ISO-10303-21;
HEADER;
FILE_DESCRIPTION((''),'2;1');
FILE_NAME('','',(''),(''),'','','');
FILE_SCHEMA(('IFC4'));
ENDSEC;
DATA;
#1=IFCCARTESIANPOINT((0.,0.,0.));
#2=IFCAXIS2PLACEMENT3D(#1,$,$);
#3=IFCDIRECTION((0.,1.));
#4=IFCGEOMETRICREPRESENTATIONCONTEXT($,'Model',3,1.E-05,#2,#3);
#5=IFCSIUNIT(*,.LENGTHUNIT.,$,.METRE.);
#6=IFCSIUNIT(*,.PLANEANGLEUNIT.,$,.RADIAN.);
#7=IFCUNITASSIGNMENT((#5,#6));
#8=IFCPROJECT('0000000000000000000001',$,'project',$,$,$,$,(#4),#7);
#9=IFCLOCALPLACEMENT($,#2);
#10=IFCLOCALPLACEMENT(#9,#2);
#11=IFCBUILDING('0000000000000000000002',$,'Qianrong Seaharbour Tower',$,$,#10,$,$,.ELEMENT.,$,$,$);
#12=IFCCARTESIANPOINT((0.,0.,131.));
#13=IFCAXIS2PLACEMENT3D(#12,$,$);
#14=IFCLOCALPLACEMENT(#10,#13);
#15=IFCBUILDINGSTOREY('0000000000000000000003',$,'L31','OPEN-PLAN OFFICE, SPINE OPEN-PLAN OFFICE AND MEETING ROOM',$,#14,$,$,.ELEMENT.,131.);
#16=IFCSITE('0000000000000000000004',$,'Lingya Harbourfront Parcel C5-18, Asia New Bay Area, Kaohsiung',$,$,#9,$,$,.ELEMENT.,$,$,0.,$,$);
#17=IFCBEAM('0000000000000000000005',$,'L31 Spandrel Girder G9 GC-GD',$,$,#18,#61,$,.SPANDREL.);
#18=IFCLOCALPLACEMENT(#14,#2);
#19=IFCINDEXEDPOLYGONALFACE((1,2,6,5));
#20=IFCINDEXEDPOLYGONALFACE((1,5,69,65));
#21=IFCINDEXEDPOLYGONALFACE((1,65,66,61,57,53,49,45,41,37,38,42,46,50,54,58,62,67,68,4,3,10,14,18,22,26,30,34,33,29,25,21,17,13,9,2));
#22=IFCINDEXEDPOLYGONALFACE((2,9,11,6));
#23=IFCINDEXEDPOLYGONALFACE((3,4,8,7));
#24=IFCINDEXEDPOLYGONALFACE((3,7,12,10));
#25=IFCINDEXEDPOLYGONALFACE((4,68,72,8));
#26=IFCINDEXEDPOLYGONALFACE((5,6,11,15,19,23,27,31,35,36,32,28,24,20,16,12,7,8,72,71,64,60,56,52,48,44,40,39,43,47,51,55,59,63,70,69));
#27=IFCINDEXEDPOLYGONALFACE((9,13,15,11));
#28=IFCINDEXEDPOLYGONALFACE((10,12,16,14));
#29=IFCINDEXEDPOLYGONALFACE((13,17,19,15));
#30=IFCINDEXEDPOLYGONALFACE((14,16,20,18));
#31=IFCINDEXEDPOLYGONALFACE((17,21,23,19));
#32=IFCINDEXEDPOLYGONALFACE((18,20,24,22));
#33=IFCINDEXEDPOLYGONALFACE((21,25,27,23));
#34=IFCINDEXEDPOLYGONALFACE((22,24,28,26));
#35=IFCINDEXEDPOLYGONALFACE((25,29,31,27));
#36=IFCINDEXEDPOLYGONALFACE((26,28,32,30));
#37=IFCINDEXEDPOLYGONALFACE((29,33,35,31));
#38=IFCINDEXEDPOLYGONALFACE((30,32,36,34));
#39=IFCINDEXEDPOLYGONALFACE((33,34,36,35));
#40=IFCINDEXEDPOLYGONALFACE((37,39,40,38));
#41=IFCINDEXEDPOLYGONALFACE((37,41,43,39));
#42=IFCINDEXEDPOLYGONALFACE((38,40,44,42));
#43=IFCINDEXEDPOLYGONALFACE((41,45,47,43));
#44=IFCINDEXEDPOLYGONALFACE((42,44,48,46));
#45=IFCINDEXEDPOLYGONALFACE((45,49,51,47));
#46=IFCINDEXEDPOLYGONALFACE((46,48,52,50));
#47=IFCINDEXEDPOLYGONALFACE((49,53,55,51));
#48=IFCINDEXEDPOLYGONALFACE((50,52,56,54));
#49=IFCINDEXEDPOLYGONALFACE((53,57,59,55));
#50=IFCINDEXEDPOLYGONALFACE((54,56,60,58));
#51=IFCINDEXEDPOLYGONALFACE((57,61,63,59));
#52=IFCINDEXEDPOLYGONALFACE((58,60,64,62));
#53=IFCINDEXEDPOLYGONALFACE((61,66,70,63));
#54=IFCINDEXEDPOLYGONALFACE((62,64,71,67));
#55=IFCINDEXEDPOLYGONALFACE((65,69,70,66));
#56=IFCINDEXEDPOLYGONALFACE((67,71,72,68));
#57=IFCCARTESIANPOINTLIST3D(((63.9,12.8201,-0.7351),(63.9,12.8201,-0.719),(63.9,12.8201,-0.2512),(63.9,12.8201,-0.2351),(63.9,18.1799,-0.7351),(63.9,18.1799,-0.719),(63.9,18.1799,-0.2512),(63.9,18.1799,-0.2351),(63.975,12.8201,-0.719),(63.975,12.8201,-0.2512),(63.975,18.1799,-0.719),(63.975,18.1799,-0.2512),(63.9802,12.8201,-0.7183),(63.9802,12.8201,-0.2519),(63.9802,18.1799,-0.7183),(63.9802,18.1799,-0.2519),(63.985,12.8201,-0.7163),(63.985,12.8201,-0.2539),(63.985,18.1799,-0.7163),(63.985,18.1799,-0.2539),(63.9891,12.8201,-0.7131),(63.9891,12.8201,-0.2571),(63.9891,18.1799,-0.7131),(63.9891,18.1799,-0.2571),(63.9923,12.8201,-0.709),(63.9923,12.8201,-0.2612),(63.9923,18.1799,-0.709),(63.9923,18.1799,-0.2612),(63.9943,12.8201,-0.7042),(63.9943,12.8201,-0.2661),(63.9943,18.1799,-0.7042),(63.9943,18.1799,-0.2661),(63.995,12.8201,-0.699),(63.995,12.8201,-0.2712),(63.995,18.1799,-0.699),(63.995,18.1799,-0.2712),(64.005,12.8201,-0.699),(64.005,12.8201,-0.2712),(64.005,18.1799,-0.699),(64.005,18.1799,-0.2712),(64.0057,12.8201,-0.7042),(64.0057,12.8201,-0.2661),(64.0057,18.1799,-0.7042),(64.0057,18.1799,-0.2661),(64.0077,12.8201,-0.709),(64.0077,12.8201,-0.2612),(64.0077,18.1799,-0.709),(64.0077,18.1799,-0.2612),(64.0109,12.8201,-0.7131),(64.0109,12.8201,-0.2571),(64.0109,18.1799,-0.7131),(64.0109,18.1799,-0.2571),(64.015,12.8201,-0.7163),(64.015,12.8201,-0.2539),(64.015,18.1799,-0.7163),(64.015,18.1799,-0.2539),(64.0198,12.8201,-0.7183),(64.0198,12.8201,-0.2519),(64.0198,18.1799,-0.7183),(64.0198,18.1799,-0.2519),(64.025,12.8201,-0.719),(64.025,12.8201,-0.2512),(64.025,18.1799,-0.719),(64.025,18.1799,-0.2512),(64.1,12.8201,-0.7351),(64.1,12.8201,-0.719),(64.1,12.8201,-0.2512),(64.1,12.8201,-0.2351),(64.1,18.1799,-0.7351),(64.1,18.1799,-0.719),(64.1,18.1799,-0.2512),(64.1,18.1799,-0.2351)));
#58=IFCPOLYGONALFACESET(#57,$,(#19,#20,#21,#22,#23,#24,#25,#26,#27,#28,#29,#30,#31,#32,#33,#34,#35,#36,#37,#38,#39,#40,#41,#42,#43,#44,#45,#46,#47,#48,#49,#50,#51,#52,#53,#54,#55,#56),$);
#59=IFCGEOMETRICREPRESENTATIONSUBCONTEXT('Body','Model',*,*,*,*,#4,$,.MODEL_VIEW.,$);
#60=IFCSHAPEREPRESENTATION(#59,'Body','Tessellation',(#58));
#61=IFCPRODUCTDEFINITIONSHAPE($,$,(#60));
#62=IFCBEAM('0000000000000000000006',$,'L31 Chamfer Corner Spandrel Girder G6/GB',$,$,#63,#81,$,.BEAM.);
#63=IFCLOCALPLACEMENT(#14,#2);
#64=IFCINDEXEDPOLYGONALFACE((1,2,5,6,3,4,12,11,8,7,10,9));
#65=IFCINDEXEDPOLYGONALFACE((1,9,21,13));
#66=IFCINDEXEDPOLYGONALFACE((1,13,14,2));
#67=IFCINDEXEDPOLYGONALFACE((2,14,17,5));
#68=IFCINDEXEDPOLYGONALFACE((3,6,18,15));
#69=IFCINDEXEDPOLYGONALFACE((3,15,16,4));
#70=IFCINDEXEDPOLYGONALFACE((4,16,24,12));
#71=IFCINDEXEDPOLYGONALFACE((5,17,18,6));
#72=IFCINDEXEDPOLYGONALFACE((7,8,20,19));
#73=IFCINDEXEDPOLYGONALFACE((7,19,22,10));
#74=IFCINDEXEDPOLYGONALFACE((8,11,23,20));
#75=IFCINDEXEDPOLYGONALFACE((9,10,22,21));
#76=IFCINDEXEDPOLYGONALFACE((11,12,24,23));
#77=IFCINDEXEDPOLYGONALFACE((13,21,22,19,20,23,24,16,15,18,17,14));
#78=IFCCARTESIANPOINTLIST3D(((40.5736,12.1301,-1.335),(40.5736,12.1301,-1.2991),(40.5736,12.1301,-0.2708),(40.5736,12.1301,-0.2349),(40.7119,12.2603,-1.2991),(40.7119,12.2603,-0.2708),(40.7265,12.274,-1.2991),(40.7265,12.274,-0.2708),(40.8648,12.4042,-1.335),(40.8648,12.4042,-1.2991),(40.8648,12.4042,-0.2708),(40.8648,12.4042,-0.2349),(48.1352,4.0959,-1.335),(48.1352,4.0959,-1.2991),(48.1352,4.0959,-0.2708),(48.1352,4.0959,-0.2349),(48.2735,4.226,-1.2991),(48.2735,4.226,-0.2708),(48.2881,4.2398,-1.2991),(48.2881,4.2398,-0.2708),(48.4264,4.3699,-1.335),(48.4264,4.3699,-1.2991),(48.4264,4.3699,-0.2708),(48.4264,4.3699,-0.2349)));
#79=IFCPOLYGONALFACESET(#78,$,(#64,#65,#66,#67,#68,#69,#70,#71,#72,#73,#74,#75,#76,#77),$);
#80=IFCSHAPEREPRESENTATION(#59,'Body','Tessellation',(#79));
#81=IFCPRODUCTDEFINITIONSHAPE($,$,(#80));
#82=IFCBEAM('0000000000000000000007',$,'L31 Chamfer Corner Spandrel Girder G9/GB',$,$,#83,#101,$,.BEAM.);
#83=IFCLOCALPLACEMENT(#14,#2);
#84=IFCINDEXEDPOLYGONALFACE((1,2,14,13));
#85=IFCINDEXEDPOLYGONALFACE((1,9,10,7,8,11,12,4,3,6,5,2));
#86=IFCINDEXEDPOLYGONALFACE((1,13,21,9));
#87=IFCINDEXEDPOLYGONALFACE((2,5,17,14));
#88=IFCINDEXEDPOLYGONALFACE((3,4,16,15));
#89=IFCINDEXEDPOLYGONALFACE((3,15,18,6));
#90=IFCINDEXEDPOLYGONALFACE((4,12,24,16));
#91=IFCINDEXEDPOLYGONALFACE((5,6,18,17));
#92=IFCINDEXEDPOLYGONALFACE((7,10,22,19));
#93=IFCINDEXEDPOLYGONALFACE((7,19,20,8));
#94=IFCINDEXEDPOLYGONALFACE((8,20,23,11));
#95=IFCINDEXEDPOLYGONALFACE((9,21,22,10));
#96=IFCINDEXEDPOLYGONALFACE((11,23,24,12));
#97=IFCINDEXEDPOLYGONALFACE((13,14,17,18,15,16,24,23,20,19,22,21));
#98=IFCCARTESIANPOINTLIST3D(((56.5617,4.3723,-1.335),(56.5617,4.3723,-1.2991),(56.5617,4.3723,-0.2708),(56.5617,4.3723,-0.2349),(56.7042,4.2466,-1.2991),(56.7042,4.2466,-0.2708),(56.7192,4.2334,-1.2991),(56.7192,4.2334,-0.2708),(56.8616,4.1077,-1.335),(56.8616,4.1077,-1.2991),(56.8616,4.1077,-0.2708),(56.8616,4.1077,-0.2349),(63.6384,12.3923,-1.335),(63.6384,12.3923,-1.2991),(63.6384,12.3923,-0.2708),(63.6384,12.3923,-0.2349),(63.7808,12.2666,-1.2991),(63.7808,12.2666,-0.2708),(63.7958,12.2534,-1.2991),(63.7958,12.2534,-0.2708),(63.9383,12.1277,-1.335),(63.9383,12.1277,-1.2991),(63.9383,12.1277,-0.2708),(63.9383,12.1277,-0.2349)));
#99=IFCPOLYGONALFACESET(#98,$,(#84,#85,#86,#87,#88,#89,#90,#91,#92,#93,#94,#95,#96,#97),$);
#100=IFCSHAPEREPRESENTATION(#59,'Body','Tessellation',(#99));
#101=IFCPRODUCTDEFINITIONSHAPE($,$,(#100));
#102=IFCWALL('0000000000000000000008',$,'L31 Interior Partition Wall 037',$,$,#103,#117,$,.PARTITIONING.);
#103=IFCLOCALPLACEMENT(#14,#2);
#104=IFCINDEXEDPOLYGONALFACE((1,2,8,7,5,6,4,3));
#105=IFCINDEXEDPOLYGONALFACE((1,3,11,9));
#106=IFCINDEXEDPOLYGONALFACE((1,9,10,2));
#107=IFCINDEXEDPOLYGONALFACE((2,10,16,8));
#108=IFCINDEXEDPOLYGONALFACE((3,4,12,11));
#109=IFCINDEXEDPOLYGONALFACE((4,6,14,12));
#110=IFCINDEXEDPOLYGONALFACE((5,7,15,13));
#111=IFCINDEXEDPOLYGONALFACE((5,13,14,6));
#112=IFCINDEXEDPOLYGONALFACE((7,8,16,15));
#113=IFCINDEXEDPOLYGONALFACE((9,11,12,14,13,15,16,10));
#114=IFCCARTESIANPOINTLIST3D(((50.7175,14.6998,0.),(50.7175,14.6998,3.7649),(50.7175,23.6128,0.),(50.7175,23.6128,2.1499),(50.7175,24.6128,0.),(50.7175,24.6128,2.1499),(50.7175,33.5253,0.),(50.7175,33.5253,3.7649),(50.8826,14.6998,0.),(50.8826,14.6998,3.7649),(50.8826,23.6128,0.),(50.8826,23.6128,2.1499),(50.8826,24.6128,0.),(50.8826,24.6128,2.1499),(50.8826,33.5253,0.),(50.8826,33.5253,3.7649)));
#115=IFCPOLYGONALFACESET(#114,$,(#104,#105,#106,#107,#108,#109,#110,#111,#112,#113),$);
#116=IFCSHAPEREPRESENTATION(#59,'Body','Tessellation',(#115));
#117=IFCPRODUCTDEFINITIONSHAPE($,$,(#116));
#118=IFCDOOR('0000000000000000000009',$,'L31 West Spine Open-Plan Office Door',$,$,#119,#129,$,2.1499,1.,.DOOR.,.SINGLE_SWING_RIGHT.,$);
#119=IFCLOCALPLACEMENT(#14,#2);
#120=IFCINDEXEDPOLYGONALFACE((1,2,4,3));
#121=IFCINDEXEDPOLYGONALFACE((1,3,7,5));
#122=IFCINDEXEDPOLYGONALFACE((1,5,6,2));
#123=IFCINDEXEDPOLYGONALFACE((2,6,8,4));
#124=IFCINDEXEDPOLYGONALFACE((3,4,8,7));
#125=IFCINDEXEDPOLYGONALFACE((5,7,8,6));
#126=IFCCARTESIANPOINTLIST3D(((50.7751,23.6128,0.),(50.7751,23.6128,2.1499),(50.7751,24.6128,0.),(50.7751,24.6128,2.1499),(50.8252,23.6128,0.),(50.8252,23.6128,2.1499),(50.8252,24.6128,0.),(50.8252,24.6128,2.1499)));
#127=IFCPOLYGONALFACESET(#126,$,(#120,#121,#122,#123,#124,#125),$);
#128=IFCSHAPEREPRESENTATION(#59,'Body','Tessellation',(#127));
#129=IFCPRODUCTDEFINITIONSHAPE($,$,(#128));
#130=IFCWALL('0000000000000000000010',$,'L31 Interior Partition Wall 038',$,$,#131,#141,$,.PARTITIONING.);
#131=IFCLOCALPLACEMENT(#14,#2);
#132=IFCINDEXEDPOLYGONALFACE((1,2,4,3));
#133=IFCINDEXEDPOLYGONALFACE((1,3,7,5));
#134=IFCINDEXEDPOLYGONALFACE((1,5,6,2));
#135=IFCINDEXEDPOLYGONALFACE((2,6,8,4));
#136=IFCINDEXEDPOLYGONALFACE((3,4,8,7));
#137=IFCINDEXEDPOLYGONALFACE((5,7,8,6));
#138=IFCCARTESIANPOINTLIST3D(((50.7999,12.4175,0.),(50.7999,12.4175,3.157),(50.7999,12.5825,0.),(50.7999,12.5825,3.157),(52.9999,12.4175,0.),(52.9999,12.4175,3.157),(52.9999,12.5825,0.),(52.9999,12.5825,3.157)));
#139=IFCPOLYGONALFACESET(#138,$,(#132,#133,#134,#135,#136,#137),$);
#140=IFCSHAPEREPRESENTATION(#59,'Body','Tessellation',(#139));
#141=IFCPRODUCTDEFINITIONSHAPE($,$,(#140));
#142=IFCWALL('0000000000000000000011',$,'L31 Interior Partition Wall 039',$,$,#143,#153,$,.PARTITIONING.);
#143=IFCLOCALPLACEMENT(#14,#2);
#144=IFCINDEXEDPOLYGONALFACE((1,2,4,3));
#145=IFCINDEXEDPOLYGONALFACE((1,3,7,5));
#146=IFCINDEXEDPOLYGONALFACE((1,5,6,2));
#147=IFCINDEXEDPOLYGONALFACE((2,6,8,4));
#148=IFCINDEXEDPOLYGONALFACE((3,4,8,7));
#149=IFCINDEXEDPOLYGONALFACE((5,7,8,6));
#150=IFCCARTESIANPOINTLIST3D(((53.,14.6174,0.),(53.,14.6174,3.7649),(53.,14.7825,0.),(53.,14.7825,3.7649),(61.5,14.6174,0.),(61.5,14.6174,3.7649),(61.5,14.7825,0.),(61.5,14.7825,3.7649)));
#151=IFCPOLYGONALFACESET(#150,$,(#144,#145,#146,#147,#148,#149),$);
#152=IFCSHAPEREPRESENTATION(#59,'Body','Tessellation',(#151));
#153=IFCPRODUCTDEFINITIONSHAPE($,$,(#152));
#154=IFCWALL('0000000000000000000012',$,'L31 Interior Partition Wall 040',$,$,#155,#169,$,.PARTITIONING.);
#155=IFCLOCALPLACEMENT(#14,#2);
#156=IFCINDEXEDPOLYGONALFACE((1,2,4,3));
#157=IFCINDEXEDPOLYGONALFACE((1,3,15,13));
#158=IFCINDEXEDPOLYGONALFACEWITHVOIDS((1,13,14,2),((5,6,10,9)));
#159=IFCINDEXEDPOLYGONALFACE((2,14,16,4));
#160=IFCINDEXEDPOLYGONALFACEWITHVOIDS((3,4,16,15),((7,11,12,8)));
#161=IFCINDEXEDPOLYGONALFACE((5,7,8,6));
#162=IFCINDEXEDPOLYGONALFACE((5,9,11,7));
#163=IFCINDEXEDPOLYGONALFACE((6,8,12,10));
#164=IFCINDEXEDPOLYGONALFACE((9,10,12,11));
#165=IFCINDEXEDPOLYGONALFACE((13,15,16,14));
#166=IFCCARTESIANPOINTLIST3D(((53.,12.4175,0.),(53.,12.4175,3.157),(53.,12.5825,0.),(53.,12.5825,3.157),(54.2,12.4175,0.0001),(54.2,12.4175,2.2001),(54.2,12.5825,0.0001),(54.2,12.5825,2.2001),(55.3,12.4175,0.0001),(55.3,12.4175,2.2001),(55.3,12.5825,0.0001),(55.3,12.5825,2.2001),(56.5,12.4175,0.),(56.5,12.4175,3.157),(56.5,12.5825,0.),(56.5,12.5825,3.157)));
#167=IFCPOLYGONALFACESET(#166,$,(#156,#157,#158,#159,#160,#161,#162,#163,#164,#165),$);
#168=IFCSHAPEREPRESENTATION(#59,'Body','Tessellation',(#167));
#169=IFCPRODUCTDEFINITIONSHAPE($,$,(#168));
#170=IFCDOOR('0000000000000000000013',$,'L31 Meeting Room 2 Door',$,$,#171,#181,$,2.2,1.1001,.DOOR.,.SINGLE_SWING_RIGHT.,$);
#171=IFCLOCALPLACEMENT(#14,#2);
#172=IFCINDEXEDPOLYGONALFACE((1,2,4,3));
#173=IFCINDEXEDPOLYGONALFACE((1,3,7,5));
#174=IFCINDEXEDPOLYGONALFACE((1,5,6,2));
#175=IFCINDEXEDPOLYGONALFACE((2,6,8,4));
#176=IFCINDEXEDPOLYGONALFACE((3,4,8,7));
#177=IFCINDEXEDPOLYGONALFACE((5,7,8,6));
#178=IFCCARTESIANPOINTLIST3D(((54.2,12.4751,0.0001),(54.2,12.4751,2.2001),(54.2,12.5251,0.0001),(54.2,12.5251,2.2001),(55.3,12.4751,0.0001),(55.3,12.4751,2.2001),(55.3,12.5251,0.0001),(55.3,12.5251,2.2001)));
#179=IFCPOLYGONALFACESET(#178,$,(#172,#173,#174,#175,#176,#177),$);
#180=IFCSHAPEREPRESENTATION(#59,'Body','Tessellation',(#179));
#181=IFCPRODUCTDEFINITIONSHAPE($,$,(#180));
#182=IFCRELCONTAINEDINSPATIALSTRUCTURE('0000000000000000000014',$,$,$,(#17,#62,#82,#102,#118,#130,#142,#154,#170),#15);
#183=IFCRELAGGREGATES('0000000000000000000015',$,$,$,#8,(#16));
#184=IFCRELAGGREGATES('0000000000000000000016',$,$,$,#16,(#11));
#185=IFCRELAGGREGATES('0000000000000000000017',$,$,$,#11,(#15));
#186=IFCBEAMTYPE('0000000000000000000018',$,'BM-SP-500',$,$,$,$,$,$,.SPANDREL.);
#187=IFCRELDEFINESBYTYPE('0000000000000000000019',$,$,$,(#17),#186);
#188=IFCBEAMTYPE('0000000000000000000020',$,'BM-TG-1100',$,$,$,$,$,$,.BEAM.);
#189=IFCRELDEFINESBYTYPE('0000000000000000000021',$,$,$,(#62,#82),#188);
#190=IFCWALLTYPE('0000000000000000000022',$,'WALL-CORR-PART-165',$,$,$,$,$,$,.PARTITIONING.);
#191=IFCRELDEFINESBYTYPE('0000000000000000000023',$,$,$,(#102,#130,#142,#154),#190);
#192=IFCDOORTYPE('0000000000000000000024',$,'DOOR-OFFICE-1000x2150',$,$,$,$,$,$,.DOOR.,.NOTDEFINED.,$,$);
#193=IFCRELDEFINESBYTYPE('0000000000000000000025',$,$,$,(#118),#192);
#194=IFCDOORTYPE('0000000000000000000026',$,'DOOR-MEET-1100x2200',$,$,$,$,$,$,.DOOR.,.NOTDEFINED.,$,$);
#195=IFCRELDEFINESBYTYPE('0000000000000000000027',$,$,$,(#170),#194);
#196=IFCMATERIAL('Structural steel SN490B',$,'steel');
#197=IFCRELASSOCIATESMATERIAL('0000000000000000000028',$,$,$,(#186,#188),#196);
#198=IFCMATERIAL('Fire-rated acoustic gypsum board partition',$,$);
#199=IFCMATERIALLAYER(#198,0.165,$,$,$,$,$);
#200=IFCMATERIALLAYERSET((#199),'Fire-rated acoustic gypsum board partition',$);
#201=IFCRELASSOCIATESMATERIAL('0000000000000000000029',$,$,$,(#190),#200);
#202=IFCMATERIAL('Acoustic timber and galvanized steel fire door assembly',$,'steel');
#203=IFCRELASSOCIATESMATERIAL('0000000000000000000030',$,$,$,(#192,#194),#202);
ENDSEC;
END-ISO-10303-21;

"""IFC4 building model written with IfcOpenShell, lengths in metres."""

from ifc_helpers import new_model, si_unit, direction, frame, frame_2d, origin, origin_2d, place, context, subcontext, project, spatial, rectangle, i_section, extrude, material, layer, layer_set, material_profile, profile_set, type_object, element, fill, save


model = new_model("IFC4")

# Units and contexts
model_context = context("Model", 3, precision=1e-05, world=origin(), true_north=direction((0.0, 1.0)))
body_context = subcontext(model_context, "Body", "Model", "MODEL_VIEW")
ifc_project = project(units=[si_unit("LENGTHUNIT", "METRE"), si_unit("PLANEANGLEUNIT", "RADIAN")], contexts=[model_context])

# Site, building, storey
site_placement = place(None, origin())
site = spatial("IfcSite", under=ifc_project, at=site_placement, Name="Lingya Harbourfront Parcel C5-18, Asia New Bay Area, Kaohsiung", CompositionType="ELEMENT", RefElevation=0.0)
building_placement = place(site_placement, origin())
building = spatial("IfcBuilding", under=site, at=building_placement, Name="Qianrong Seaharbour Tower", CompositionType="ELEMENT")
storey_placement = place(building_placement, frame((0.0, 0.0, 131.0)))
storey = spatial("IfcBuildingStorey", under=building, at=storey_placement, Name="L31", Description="OPEN-PLAN OFFICE, SPINE OPEN-PLAN OFFICE AND MEETING ROOM", CompositionType="ELEMENT", Elevation=131.0)

# Shared definitions
ifc_material_1 = material(Name="Structural steel SN490B", Category="steel")

# Beams
ifc_material_profile_1 = material_profile(ifc_material_1, i_section(OverallWidth=0.2, OverallDepth=0.5, WebThickness=0.01, FlangeThickness=0.0161, FilletRadius=0.02, at=origin_2d()), Name="H500x200x10x16")
ifc_profile_set_1 = profile_set([ifc_material_profile_1], Name="Structural steel SN490B")
beam_type_1 = type_object("IfcBeamType", Name="BM-SP-500", PredefinedType="SPANDREL", material=ifc_profile_set_1)
beam_1_placement = place(storey_placement, frame((64.0, 12.8201, -0.4851), z_axis=(0.0, 1.0, 0.0), x_axis=(-1.0, 0.0, 0.0)))
element("IfcBeam", 1, at=beam_1_placement, inside=storey, type_object=beam_type_1, Name="L31 Spandrel Girder G9 GC-GD", PredefinedType="SPANDREL", context=body_context, shape_type="SweptSolid", body=[
    extrude(i_section(OverallWidth=0.2, OverallDepth=0.5, WebThickness=0.01, FlangeThickness=0.0161, FilletRadius=0.02, at=origin_2d()), origin(), (0.0, 0.0, 1.0), 5.3599),
])
ifc_material_profile_2 = material_profile(ifc_material_1, i_section(OverallWidth=0.3999, OverallDepth=1.1001, WebThickness=0.02, FlangeThickness=0.0359, at=origin_2d()), Name="BH1100x400x20x36")
ifc_profile_set_2 = profile_set([ifc_material_profile_2], Name="Structural steel SN490B")
beam_type_2 = type_object("IfcBeamType", Name="BM-TG-1100", PredefinedType="BEAM", material=ifc_profile_set_2)
beam_2_placement = place(storey_placement, frame((48.2808, 4.2329, -0.7849), z_axis=(-0.685362, 0.728203, 0.0), x_axis=(-0.728203, -0.685362, 0.0)))
element("IfcBeam", 2, at=beam_2_placement, inside=storey, type_object=beam_type_2, Name="L31 Chamfer Corner Spandrel Girder G6/GB", PredefinedType="BEAM", context=body_context, shape_type="SweptSolid", body=[
    extrude(i_section(OverallWidth=0.3999, OverallDepth=1.1001, WebThickness=0.02, FlangeThickness=0.0359, at=origin_2d()), origin(), (0.0, 0.0, 1.0), 11.033),
])
beam_3_placement = place(storey_placement, frame((56.7117, 4.24, -0.7849), z_axis=(0.661631, 0.74983, 0.0), x_axis=(-0.74983, 0.661631, 0.0)))
element("IfcBeam", 3, at=beam_3_placement, inside=storey, type_object=beam_type_2, Name="L31 Chamfer Corner Spandrel Girder G9/GB", PredefinedType="BEAM", context=body_context, shape_type="SweptSolid", body=[
    extrude(i_section(OverallWidth=0.3999, OverallDepth=1.1001, WebThickness=0.02, FlangeThickness=0.0359, at=origin_2d()), origin(), (0.0, 0.0, 1.0), 10.6958),
])

# Wall, opening, door
ifc_material_2 = material(Name="Fire-rated acoustic gypsum board partition")
ifc_layer_1 = layer(ifc_material_2, 0.165)
ifc_layer_set_1 = layer_set([ifc_layer_1], Name="Fire-rated acoustic gypsum board partition")
wall_type_1 = type_object("IfcWallType", Name="WALL-CORR-PART-165", PredefinedType="PARTITIONING", material=ifc_layer_set_1)
wall_1_placement = place(storey_placement, frame((50.8, 14.7, 0.0), z_axis=(0.0, 0.0, 1.0), x_axis=(0.0, 1.0, 0.0)))
wall_1 = element("IfcWall", 4, at=wall_1_placement, inside=storey, type_object=wall_type_1, Name="L31 Interior Partition Wall 037", PredefinedType="PARTITIONING", context=body_context, shape_type="SweptSolid", body=[
    extrude(rectangle(XDim=18.8254, YDim=0.165, at=frame_2d((9.4126, 0.0))), origin(), (0.0, 0.0, 1.0), 3.7649),
])
opening_1_placement = place(wall_1_placement, frame((8.9128, 0.0, 0.0)))
opening_1 = element("IfcOpeningElement", 5, at=opening_1_placement, cuts=wall_1, PredefinedType="OPENING", context=body_context, shape_type="SweptSolid", body=[
    extrude(rectangle(XDim=1.0, YDim=2.1499, at=frame_2d((0.5, 1.075))), frame((0.0, 0.0925, 0.0), z_axis=(0.0, -1.0, 0.0), x_axis=(1.0, 0.0, 0.0)), (0.0, 0.0, 1.0), 0.1851),
])
ifc_material_3 = material(Name="Acoustic timber and galvanized steel fire door assembly", Category="steel")
door_type_1 = type_object("IfcDoorType", Name="DOOR-OFFICE-1000x2150", OperationType="NOTDEFINED", PredefinedType="DOOR", material=ifc_material_3)
door_1_placement = place(opening_1_placement, origin())
door_1 = element("IfcDoor", 6, at=door_1_placement, inside=storey, type_object=door_type_1, Name="L31 West Spine Open-Plan Office Door", OperationType="SINGLE_SWING_RIGHT", OverallHeight=2.1499, OverallWidth=1.0, PredefinedType="DOOR", context=body_context, shape_type="SweptSolid", body=[
    extrude(rectangle(XDim=1.0, YDim=2.1499, at=frame_2d((0.5, 1.075))), frame((0.0, 0.0249, 0.0), z_axis=(0.0, -1.0, 0.0), x_axis=(1.0, 0.0, 0.0)), (0.0, 0.0, 1.0), 0.05),
])
fill(opening_1, door_1)

# Walls
wall_2_placement = place(storey_placement, frame((53.0, 12.5, 0.0), z_axis=(0.0, 0.0, 1.0), x_axis=(-1.0, 0.0, 0.0)))
element("IfcWall", 7, at=wall_2_placement, inside=storey, type_object=wall_type_1, Name="L31 Interior Partition Wall 038", PredefinedType="PARTITIONING", context=body_context, shape_type="SweptSolid", body=[
    extrude(rectangle(XDim=2.2, YDim=0.165, at=frame_2d((1.1001, 0.0))), origin(), (0.0, 0.0, 1.0), 3.157),
])
wall_3_placement = place(storey_placement, frame((53.0, 14.7, 0.0), z_axis=(0.0, 0.0, 1.0), x_axis=(1.0, 0.0, 0.0)))
element("IfcWall", 8, at=wall_3_placement, inside=storey, type_object=wall_type_1, Name="L31 Interior Partition Wall 039", PredefinedType="PARTITIONING", context=body_context, shape_type="SweptSolid", body=[
    extrude(rectangle(XDim=8.5, YDim=0.165, at=frame_2d((4.25, 0.0))), origin(), (0.0, 0.0, 1.0), 3.7649),
])

# Wall, opening, door
wall_4_placement = place(storey_placement, frame((56.5, 12.5, 0.0), z_axis=(0.0, 0.0, 1.0), x_axis=(-1.0, 0.0, 0.0)))
wall_4 = element("IfcWall", 9, at=wall_4_placement, inside=storey, type_object=wall_type_1, Name="L31 Interior Partition Wall 040", PredefinedType="PARTITIONING", context=body_context, shape_type="SweptSolid", body=[
    extrude(rectangle(XDim=3.5, YDim=0.165, at=frame_2d((1.75, 0.0))), origin(), (0.0, 0.0, 1.0), 3.157),
])
opening_2_placement = place(wall_4_placement, frame((1.2, 0.0, 0.0)))
opening_2 = element("IfcOpeningElement", 10, at=opening_2_placement, cuts=wall_4, PredefinedType="OPENING", context=body_context, shape_type="SweptSolid", body=[
    extrude(rectangle(XDim=1.1001, YDim=2.2, at=frame_2d((0.55, 1.1001))), frame((0.0, 0.0925, 0.0), z_axis=(0.0, -1.0, 0.0), x_axis=(1.0, 0.0, 0.0)), (0.0, 0.0, 1.0), 0.1851),
])
door_type_2 = type_object("IfcDoorType", Name="DOOR-MEET-1100x2200", OperationType="NOTDEFINED", PredefinedType="DOOR", material=ifc_material_3)
door_2_placement = place(opening_2_placement, origin())
door_2 = element("IfcDoor", 11, at=door_2_placement, inside=storey, type_object=door_type_2, Name="L31 Meeting Room 2 Door", OperationType="SINGLE_SWING_RIGHT", OverallHeight=2.2, OverallWidth=1.1001, PredefinedType="DOOR", context=body_context, shape_type="SweptSolid", body=[
    extrude(rectangle(XDim=1.1001, YDim=2.2, at=frame_2d((0.55, 1.1001))), frame((0.0, 0.0249, 0.0), z_axis=(0.0, -1.0, 0.0), x_axis=(1.0, 0.0, 0.0)), (0.0, 0.0, 1.0), 0.05),
])
fill(opening_2, door_2)

save(model, "model.ifc")
